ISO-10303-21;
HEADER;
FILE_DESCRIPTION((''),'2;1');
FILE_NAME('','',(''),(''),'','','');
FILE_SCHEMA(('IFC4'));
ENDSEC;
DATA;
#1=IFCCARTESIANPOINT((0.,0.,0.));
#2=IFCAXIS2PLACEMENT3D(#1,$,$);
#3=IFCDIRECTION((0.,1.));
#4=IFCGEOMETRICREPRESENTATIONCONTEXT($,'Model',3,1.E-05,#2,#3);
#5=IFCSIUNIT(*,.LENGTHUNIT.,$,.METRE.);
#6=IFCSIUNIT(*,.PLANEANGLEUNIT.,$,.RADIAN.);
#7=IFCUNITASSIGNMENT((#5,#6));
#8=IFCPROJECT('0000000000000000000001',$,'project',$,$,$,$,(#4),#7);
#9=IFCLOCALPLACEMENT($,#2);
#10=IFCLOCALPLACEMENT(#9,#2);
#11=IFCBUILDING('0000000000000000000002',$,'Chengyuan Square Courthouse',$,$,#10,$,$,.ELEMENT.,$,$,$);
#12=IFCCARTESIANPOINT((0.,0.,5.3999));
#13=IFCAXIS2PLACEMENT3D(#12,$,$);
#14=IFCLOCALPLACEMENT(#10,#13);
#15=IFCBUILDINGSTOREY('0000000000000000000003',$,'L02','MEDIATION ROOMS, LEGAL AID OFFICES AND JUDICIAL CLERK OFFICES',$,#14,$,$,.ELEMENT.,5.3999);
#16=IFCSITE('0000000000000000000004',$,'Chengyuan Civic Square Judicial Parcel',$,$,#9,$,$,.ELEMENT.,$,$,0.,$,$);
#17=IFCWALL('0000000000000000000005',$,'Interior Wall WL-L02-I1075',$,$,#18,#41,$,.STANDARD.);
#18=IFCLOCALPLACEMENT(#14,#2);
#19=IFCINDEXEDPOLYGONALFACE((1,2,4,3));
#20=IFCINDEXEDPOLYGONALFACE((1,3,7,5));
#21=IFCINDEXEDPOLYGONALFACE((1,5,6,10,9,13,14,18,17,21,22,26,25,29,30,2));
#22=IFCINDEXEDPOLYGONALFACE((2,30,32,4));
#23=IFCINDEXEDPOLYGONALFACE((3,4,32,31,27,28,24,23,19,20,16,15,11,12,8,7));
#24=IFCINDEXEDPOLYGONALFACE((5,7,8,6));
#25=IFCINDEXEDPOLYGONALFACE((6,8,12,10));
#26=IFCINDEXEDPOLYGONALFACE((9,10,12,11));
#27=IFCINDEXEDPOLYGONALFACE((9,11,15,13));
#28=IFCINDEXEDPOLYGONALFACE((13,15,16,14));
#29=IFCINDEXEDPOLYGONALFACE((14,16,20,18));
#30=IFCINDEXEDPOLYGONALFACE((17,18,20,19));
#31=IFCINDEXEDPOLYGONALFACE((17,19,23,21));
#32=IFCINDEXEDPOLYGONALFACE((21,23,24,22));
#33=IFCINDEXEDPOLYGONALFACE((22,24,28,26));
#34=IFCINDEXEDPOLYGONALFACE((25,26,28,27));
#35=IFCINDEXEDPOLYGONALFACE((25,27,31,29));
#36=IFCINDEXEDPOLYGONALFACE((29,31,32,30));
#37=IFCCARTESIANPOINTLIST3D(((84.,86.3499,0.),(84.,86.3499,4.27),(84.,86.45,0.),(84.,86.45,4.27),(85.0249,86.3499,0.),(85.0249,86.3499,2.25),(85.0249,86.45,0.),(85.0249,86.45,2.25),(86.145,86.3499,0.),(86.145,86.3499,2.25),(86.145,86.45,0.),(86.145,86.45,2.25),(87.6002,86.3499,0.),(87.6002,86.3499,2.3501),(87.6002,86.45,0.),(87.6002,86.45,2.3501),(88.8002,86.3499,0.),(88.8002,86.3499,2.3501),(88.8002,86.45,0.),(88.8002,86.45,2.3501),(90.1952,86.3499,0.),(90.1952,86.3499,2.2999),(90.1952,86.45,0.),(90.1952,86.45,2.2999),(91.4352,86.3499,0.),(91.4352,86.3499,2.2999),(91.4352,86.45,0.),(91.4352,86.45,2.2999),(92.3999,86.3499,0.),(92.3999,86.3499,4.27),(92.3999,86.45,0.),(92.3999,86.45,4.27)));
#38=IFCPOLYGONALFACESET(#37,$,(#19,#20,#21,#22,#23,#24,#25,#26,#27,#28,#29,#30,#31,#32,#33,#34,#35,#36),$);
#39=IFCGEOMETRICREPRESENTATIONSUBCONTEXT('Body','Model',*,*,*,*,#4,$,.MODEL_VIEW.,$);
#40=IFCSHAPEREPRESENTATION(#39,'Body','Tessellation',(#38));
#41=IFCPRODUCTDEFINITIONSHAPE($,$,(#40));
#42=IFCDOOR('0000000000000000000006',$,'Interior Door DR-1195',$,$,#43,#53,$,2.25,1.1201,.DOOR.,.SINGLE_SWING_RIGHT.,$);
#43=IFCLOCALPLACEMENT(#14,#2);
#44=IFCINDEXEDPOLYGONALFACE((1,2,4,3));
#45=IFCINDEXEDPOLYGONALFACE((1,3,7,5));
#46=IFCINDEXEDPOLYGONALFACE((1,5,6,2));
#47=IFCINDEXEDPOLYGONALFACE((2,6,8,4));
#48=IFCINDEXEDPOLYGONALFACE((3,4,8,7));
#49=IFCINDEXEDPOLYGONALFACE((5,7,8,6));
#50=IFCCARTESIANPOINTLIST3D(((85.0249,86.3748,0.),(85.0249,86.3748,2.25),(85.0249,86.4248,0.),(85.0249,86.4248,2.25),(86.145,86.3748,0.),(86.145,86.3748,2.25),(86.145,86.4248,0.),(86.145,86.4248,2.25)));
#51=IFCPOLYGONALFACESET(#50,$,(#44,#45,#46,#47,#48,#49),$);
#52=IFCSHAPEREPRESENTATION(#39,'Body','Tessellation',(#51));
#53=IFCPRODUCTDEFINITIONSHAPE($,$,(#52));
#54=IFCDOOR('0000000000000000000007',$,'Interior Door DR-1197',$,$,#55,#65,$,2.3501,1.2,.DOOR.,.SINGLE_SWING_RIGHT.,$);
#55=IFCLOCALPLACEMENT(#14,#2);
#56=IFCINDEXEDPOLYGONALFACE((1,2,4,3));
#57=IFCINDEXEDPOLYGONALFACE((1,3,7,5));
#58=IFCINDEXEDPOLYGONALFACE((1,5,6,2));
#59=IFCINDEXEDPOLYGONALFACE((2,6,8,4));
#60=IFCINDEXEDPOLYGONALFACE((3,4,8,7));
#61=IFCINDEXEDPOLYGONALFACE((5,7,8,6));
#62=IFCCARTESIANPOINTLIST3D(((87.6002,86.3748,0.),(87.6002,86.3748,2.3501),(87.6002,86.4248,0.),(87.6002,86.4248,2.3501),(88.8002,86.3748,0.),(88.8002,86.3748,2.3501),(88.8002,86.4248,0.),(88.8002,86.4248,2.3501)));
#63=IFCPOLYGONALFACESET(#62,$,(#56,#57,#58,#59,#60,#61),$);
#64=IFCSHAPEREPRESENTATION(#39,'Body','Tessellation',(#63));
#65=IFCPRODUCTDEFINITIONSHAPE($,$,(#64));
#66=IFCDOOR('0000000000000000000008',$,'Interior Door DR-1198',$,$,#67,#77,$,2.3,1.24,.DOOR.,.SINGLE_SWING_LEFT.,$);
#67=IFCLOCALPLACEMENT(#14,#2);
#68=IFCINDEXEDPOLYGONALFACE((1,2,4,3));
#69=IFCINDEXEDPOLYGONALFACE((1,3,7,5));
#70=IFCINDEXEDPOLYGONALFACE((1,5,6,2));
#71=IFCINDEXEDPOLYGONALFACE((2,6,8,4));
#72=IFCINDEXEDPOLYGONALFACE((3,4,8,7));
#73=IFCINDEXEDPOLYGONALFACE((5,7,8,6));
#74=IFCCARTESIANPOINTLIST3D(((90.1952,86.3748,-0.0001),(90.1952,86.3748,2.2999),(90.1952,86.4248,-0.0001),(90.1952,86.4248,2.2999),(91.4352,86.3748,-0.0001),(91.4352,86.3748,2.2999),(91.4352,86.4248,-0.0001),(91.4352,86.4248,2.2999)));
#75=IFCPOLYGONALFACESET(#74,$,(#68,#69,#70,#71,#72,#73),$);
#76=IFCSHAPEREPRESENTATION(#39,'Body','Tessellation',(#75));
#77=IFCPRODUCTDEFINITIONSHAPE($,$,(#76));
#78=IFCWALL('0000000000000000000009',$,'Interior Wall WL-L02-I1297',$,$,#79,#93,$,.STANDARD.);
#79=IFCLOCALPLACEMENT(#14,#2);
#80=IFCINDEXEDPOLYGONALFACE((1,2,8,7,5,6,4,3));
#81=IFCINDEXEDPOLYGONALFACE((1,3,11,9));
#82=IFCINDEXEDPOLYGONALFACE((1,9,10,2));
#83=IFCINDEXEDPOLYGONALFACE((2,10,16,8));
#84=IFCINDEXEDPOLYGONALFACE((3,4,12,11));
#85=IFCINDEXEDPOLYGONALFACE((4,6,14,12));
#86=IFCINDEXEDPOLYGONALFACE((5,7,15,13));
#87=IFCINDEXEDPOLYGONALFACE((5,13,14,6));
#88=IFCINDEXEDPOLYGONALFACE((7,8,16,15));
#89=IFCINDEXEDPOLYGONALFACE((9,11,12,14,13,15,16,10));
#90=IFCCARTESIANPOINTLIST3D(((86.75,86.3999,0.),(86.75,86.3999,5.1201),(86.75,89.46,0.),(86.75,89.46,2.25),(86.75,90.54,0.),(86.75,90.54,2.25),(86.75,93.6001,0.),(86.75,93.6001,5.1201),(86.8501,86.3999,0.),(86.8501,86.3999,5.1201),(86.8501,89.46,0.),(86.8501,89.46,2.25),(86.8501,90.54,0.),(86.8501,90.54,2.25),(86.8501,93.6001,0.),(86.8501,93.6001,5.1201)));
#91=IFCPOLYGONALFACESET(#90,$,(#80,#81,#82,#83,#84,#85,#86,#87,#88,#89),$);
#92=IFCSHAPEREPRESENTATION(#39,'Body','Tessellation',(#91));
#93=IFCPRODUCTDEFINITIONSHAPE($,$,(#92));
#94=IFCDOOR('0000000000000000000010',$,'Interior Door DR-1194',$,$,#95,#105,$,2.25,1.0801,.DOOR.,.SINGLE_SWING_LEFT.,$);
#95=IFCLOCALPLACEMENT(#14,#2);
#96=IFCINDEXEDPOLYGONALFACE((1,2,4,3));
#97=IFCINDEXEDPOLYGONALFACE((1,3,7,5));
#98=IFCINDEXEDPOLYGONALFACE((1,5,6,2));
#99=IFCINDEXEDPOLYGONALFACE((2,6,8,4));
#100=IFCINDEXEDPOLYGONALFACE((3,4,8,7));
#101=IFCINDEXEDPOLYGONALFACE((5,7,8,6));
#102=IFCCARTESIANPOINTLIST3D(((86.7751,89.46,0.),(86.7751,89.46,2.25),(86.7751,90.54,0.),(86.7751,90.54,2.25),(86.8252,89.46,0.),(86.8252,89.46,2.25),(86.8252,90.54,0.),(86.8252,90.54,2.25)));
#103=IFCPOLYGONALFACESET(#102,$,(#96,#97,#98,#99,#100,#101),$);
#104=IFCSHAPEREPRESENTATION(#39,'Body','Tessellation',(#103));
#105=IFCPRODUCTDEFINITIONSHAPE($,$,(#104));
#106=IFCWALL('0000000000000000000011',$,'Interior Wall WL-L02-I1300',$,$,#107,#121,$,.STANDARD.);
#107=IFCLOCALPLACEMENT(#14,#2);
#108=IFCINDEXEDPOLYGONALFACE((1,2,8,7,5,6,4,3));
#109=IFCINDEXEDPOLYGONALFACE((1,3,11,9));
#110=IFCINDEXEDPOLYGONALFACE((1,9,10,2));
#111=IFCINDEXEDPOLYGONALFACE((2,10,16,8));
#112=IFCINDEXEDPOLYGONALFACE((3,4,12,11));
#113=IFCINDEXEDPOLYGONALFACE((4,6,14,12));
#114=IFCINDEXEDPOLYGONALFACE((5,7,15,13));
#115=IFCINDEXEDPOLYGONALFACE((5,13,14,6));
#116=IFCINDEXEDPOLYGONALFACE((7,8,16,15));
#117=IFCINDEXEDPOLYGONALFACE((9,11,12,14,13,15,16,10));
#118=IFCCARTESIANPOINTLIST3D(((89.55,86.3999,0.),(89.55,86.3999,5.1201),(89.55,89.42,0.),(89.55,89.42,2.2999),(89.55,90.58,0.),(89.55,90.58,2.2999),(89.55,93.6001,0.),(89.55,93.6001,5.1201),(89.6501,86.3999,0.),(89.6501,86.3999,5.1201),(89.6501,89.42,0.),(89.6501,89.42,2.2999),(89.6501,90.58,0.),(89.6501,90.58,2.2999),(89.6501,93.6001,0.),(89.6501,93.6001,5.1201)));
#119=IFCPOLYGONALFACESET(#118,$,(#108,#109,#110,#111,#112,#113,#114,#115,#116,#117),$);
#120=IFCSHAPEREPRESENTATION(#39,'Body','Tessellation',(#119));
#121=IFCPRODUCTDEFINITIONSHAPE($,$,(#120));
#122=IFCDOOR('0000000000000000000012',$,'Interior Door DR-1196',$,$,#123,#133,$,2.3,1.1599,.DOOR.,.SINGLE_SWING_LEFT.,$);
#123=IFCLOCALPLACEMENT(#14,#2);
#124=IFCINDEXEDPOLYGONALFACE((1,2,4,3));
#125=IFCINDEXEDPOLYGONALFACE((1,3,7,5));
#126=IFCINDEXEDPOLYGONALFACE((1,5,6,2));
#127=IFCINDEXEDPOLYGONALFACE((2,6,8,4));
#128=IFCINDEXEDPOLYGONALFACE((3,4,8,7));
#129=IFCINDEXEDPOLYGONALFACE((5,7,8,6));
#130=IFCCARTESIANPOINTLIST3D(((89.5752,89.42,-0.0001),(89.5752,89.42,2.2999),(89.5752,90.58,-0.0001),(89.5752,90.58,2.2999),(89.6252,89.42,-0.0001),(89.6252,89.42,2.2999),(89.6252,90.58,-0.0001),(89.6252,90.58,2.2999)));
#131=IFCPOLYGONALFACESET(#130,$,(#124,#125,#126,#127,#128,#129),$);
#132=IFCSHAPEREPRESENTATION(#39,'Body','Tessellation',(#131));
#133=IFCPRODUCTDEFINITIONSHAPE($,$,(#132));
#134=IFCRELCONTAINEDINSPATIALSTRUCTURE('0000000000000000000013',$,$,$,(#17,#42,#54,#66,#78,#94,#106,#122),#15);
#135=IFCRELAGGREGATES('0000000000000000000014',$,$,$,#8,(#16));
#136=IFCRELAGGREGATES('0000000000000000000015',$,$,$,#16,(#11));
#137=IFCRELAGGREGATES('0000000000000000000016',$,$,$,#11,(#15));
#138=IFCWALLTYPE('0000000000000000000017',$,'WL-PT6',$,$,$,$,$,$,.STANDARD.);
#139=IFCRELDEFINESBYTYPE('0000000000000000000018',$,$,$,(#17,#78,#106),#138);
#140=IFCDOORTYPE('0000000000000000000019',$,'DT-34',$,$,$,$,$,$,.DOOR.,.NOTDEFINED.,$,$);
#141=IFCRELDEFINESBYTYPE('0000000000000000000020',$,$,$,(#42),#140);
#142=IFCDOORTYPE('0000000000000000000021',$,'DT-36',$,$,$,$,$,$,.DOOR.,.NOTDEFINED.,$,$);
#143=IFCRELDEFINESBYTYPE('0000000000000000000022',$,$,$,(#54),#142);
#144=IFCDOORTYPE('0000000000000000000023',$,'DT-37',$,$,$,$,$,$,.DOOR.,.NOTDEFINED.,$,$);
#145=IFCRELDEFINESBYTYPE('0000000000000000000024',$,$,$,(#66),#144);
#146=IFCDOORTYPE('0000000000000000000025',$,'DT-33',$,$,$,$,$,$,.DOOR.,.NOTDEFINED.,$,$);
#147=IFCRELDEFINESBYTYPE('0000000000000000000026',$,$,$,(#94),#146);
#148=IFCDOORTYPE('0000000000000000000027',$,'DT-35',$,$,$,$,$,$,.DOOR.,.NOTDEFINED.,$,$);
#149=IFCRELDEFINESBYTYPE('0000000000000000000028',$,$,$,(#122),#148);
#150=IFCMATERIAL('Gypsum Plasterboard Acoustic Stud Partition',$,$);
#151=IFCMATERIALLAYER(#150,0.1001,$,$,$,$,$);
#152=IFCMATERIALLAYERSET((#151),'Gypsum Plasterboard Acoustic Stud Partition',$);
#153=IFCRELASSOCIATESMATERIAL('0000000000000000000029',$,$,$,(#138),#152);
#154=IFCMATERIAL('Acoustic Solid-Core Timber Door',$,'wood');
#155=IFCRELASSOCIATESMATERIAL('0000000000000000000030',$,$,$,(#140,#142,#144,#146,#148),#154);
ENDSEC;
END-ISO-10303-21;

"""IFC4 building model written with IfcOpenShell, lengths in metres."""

from ifc_helpers import new_model, si_unit, direction, frame, frame_2d, origin, place, context, subcontext, project, spatial, rectangle, extrude, material, layer, layer_set, type_object, element, fill, save


model = new_model("IFC4")

# Units and contexts
model_context = context("Model", 3, precision=1e-05, world=origin(), true_north=direction((0.0, 1.0)))
body_context = subcontext(model_context, "Body", "Model", "MODEL_VIEW")
ifc_project = project(units=[si_unit("LENGTHUNIT", "METRE"), si_unit("PLANEANGLEUNIT", "RADIAN")], contexts=[model_context])

# Site, building, storey
site_placement = place(None, origin())
site = spatial("IfcSite", under=ifc_project, at=site_placement, Name="Chengyuan Civic Square Judicial Parcel", CompositionType="ELEMENT", RefElevation=0.0)
building_placement = place(site_placement, origin())
building = spatial("IfcBuilding", under=site, at=building_placement, Name="Chengyuan Square Courthouse", CompositionType="ELEMENT")
storey_placement = place(building_placement, frame((0.0, 0.0, 5.3999)))
storey = spatial("IfcBuildingStorey", under=building, at=storey_placement, Name="L02", Description="MEDIATION ROOMS, LEGAL AID OFFICES AND JUDICIAL CLERK OFFICES", CompositionType="ELEMENT", Elevation=5.3999)

# Wall, openings, doors
ifc_material_1 = material(Name="Gypsum Plasterboard Acoustic Stud Partition")
ifc_layer_1 = layer(ifc_material_1, 0.1001)
ifc_layer_set_1 = layer_set([ifc_layer_1], Name="Gypsum Plasterboard Acoustic Stud Partition")
wall_type_1 = type_object("IfcWallType", Name="WL-PT6", PredefinedType="STANDARD", material=ifc_layer_set_1)
wall_1_placement = place(storey_placement, frame((84.0, 86.3999, 0.0), z_axis=(0.0, 0.0, 1.0), x_axis=(1.0, 0.0, 0.0)))
wall_1 = element("IfcWall", 1, at=wall_1_placement, inside=storey, type_object=wall_type_1, Name="Interior Wall WL-L02-I1075", PredefinedType="STANDARD", context=body_context, shape_type="SweptSolid", body=[
    extrude(rectangle(XDim=8.3999, YDim=0.1001, at=frame_2d((4.2, 0.0))), origin(), (0.0, 0.0, 1.0), 4.27),
])
opening_1_placement = place(wall_1_placement, frame((1.0249, 0.0, 0.0)))
opening_1 = element("IfcOpeningElement", 2, at=opening_1_placement, cuts=wall_1, PredefinedType="OPENING", context=body_context, shape_type="SweptSolid", body=[
    extrude(rectangle(XDim=1.1201, YDim=2.25, at=frame_2d((0.5601, 1.125))), frame((0.0, 0.062, 0.0), z_axis=(0.0, -1.0, 0.0), x_axis=(1.0, 0.0, 0.0)), (0.0, 0.0, 1.0), 0.124),
])
opening_2_placement = place(wall_1_placement, frame((3.6001, 0.0, 0.0)))
opening_2 = element("IfcOpeningElement", 3, at=opening_2_placement, cuts=wall_1, PredefinedType="OPENING", context=body_context, shape_type="SweptSolid", body=[
    extrude(rectangle(XDim=1.2, YDim=2.3501, at=frame_2d((0.6001, 1.175))), frame((0.0, 0.062, 0.0), z_axis=(0.0, -1.0, 0.0), x_axis=(1.0, 0.0, 0.0)), (0.0, 0.0, 1.0), 0.124),
])
opening_3_placement = place(wall_1_placement, frame((6.1951, 0.0, 0.0)))
opening_3 = element("IfcOpeningElement", 4, at=opening_3_placement, cuts=wall_1, PredefinedType="OPENING", context=body_context, shape_type="SweptSolid", body=[
    extrude(rectangle(XDim=1.24, YDim=2.3, at=frame_2d((0.6201, 1.1499))), frame((0.0, 0.062, 0.0), z_axis=(0.0, -1.0, 0.0), x_axis=(1.0, 0.0, 0.0)), (0.0, 0.0, 1.0), 0.124),
])
ifc_material_2 = material(Name="Acoustic Solid-Core Timber Door", Category="wood")
door_type_1 = type_object("IfcDoorType", Name="DT-34", OperationType="NOTDEFINED", PredefinedType="DOOR", material=ifc_material_2)
door_1_placement = place(opening_1_placement, origin())
door_1 = element("IfcDoor", 5, at=door_1_placement, inside=storey, type_object=door_type_1, Name="Interior Door DR-1195", OperationType="SINGLE_SWING_RIGHT", OverallHeight=2.25, OverallWidth=1.1201, PredefinedType="DOOR", context=body_context, shape_type="SweptSolid", body=[
    extrude(rectangle(XDim=1.1201, YDim=2.25, at=frame_2d((0.5601, 1.125))), frame((0.0, 0.0249, 0.0), z_axis=(0.0, -1.0, 0.0), x_axis=(1.0, 0.0, 0.0)), (0.0, 0.0, 1.0), 0.05),
])
fill(opening_1, door_1)
door_type_2 = type_object("IfcDoorType", Name="DT-36", OperationType="NOTDEFINED", PredefinedType="DOOR", material=ifc_material_2)
door_2_placement = place(opening_2_placement, origin())
door_2 = element("IfcDoor", 6, at=door_2_placement, inside=storey, type_object=door_type_2, Name="Interior Door DR-1197", OperationType="SINGLE_SWING_RIGHT", OverallHeight=2.3501, OverallWidth=1.2, PredefinedType="DOOR", context=body_context, shape_type="SweptSolid", body=[
    extrude(rectangle(XDim=1.2, YDim=2.3501, at=frame_2d((0.6001, 1.175))), frame((0.0, 0.0249, 0.0), z_axis=(0.0, -1.0, 0.0), x_axis=(1.0, 0.0, 0.0)), (0.0, 0.0, 1.0), 0.05),
])
fill(opening_2, door_2)
door_type_3 = type_object("IfcDoorType", Name="DT-37", OperationType="NOTDEFINED", PredefinedType="DOOR", material=ifc_material_2)
door_3_placement = place(opening_3_placement, origin())
door_3 = element("IfcDoor", 7, at=door_3_placement, inside=storey, type_object=door_type_3, Name="Interior Door DR-1198", OperationType="SINGLE_SWING_LEFT", OverallHeight=2.3, OverallWidth=1.24, PredefinedType="DOOR", context=body_context, shape_type="SweptSolid", body=[
    extrude(rectangle(XDim=1.24, YDim=2.3, at=frame_2d((0.6201, 1.1499))), frame((0.0, 0.0249, 0.0), z_axis=(0.0, -1.0, 0.0), x_axis=(1.0, 0.0, 0.0)), (0.0, 0.0, 1.0), 0.05),
])
fill(opening_3, door_3)

# Walls, openings, doors
wall_2_placement = place(storey_placement, frame((86.8, 86.3999, 0.0), z_axis=(0.0, 0.0, 1.0), x_axis=(0.0, 1.0, 0.0)))
wall_2 = element("IfcWall", 8, at=wall_2_placement, inside=storey, type_object=wall_type_1, Name="Interior Wall WL-L02-I1297", PredefinedType="STANDARD", context=body_context, shape_type="SweptSolid", body=[
    extrude(rectangle(XDim=7.2002, YDim=0.1001, at=frame_2d((3.6001, 0.0))), origin(), (0.0, 0.0, 1.0), 5.1201),
])
opening_4_placement = place(wall_2_placement, frame((3.0601, 0.0, 0.0)))
opening_4 = element("IfcOpeningElement", 9, at=opening_4_placement, cuts=wall_2, PredefinedType="OPENING", context=body_context, shape_type="SweptSolid", body=[
    extrude(rectangle(XDim=1.0801, YDim=2.25, at=frame_2d((0.54, 1.125))), frame((0.0, 0.062, 0.0), z_axis=(0.0, -1.0, 0.0), x_axis=(1.0, 0.0, 0.0)), (0.0, 0.0, 1.0), 0.124),
])
door_type_4 = type_object("IfcDoorType", Name="DT-33", OperationType="NOTDEFINED", PredefinedType="DOOR", material=ifc_material_2)
door_4_placement = place(opening_4_placement, origin())
door_4 = element("IfcDoor", 10, at=door_4_placement, inside=storey, type_object=door_type_4, Name="Interior Door DR-1194", OperationType="SINGLE_SWING_LEFT", OverallHeight=2.25, OverallWidth=1.0801, PredefinedType="DOOR", context=body_context, shape_type="SweptSolid", body=[
    extrude(rectangle(XDim=1.0801, YDim=2.25, at=frame_2d((0.54, 1.125))), frame((0.0, 0.0249, 0.0), z_axis=(0.0, -1.0, 0.0), x_axis=(1.0, 0.0, 0.0)), (0.0, 0.0, 1.0), 0.05),
])
fill(opening_4, door_4)
wall_3_placement = place(storey_placement, frame((89.6001, 86.3999, 0.0), z_axis=(0.0, 0.0, 1.0), x_axis=(0.0, 1.0, 0.0)))
wall_3 = element("IfcWall", 11, at=wall_3_placement, inside=storey, type_object=wall_type_1, Name="Interior Wall WL-L02-I1300", PredefinedType="STANDARD", context=body_context, shape_type="SweptSolid", body=[
    extrude(rectangle(XDim=7.2002, YDim=0.1001, at=frame_2d((3.6001, 0.0))), origin(), (0.0, 0.0, 1.0), 5.1201),
])
opening_5_placement = place(wall_3_placement, frame((3.02, 0.0, 0.0)))
opening_5 = element("IfcOpeningElement", 12, at=opening_5_placement, cuts=wall_3, PredefinedType="OPENING", context=body_context, shape_type="SweptSolid", body=[
    extrude(rectangle(XDim=1.1599, YDim=2.3, at=frame_2d((0.5801, 1.1499))), frame((0.0, 0.062, 0.0), z_axis=(0.0, -1.0, 0.0), x_axis=(1.0, 0.0, 0.0)), (0.0, 0.0, 1.0), 0.124),
])
door_type_5 = type_object("IfcDoorType", Name="DT-35", OperationType="NOTDEFINED", PredefinedType="DOOR", material=ifc_material_2)
door_5_placement = place(opening_5_placement, origin())
door_5 = element("IfcDoor", 13, at=door_5_placement, inside=storey, type_object=door_type_5, Name="Interior Door DR-1196", OperationType="SINGLE_SWING_LEFT", OverallHeight=2.3, OverallWidth=1.1599, PredefinedType="DOOR", context=body_context, shape_type="SweptSolid", body=[
    extrude(rectangle(XDim=1.1599, YDim=2.3, at=frame_2d((0.5801, 1.1499))), frame((0.0, 0.0249, 0.0), z_axis=(0.0, -1.0, 0.0), x_axis=(1.0, 0.0, 0.0)), (0.0, 0.0, 1.0), 0.05),
])
fill(opening_5, door_5)

save(model, "model.ifc")
